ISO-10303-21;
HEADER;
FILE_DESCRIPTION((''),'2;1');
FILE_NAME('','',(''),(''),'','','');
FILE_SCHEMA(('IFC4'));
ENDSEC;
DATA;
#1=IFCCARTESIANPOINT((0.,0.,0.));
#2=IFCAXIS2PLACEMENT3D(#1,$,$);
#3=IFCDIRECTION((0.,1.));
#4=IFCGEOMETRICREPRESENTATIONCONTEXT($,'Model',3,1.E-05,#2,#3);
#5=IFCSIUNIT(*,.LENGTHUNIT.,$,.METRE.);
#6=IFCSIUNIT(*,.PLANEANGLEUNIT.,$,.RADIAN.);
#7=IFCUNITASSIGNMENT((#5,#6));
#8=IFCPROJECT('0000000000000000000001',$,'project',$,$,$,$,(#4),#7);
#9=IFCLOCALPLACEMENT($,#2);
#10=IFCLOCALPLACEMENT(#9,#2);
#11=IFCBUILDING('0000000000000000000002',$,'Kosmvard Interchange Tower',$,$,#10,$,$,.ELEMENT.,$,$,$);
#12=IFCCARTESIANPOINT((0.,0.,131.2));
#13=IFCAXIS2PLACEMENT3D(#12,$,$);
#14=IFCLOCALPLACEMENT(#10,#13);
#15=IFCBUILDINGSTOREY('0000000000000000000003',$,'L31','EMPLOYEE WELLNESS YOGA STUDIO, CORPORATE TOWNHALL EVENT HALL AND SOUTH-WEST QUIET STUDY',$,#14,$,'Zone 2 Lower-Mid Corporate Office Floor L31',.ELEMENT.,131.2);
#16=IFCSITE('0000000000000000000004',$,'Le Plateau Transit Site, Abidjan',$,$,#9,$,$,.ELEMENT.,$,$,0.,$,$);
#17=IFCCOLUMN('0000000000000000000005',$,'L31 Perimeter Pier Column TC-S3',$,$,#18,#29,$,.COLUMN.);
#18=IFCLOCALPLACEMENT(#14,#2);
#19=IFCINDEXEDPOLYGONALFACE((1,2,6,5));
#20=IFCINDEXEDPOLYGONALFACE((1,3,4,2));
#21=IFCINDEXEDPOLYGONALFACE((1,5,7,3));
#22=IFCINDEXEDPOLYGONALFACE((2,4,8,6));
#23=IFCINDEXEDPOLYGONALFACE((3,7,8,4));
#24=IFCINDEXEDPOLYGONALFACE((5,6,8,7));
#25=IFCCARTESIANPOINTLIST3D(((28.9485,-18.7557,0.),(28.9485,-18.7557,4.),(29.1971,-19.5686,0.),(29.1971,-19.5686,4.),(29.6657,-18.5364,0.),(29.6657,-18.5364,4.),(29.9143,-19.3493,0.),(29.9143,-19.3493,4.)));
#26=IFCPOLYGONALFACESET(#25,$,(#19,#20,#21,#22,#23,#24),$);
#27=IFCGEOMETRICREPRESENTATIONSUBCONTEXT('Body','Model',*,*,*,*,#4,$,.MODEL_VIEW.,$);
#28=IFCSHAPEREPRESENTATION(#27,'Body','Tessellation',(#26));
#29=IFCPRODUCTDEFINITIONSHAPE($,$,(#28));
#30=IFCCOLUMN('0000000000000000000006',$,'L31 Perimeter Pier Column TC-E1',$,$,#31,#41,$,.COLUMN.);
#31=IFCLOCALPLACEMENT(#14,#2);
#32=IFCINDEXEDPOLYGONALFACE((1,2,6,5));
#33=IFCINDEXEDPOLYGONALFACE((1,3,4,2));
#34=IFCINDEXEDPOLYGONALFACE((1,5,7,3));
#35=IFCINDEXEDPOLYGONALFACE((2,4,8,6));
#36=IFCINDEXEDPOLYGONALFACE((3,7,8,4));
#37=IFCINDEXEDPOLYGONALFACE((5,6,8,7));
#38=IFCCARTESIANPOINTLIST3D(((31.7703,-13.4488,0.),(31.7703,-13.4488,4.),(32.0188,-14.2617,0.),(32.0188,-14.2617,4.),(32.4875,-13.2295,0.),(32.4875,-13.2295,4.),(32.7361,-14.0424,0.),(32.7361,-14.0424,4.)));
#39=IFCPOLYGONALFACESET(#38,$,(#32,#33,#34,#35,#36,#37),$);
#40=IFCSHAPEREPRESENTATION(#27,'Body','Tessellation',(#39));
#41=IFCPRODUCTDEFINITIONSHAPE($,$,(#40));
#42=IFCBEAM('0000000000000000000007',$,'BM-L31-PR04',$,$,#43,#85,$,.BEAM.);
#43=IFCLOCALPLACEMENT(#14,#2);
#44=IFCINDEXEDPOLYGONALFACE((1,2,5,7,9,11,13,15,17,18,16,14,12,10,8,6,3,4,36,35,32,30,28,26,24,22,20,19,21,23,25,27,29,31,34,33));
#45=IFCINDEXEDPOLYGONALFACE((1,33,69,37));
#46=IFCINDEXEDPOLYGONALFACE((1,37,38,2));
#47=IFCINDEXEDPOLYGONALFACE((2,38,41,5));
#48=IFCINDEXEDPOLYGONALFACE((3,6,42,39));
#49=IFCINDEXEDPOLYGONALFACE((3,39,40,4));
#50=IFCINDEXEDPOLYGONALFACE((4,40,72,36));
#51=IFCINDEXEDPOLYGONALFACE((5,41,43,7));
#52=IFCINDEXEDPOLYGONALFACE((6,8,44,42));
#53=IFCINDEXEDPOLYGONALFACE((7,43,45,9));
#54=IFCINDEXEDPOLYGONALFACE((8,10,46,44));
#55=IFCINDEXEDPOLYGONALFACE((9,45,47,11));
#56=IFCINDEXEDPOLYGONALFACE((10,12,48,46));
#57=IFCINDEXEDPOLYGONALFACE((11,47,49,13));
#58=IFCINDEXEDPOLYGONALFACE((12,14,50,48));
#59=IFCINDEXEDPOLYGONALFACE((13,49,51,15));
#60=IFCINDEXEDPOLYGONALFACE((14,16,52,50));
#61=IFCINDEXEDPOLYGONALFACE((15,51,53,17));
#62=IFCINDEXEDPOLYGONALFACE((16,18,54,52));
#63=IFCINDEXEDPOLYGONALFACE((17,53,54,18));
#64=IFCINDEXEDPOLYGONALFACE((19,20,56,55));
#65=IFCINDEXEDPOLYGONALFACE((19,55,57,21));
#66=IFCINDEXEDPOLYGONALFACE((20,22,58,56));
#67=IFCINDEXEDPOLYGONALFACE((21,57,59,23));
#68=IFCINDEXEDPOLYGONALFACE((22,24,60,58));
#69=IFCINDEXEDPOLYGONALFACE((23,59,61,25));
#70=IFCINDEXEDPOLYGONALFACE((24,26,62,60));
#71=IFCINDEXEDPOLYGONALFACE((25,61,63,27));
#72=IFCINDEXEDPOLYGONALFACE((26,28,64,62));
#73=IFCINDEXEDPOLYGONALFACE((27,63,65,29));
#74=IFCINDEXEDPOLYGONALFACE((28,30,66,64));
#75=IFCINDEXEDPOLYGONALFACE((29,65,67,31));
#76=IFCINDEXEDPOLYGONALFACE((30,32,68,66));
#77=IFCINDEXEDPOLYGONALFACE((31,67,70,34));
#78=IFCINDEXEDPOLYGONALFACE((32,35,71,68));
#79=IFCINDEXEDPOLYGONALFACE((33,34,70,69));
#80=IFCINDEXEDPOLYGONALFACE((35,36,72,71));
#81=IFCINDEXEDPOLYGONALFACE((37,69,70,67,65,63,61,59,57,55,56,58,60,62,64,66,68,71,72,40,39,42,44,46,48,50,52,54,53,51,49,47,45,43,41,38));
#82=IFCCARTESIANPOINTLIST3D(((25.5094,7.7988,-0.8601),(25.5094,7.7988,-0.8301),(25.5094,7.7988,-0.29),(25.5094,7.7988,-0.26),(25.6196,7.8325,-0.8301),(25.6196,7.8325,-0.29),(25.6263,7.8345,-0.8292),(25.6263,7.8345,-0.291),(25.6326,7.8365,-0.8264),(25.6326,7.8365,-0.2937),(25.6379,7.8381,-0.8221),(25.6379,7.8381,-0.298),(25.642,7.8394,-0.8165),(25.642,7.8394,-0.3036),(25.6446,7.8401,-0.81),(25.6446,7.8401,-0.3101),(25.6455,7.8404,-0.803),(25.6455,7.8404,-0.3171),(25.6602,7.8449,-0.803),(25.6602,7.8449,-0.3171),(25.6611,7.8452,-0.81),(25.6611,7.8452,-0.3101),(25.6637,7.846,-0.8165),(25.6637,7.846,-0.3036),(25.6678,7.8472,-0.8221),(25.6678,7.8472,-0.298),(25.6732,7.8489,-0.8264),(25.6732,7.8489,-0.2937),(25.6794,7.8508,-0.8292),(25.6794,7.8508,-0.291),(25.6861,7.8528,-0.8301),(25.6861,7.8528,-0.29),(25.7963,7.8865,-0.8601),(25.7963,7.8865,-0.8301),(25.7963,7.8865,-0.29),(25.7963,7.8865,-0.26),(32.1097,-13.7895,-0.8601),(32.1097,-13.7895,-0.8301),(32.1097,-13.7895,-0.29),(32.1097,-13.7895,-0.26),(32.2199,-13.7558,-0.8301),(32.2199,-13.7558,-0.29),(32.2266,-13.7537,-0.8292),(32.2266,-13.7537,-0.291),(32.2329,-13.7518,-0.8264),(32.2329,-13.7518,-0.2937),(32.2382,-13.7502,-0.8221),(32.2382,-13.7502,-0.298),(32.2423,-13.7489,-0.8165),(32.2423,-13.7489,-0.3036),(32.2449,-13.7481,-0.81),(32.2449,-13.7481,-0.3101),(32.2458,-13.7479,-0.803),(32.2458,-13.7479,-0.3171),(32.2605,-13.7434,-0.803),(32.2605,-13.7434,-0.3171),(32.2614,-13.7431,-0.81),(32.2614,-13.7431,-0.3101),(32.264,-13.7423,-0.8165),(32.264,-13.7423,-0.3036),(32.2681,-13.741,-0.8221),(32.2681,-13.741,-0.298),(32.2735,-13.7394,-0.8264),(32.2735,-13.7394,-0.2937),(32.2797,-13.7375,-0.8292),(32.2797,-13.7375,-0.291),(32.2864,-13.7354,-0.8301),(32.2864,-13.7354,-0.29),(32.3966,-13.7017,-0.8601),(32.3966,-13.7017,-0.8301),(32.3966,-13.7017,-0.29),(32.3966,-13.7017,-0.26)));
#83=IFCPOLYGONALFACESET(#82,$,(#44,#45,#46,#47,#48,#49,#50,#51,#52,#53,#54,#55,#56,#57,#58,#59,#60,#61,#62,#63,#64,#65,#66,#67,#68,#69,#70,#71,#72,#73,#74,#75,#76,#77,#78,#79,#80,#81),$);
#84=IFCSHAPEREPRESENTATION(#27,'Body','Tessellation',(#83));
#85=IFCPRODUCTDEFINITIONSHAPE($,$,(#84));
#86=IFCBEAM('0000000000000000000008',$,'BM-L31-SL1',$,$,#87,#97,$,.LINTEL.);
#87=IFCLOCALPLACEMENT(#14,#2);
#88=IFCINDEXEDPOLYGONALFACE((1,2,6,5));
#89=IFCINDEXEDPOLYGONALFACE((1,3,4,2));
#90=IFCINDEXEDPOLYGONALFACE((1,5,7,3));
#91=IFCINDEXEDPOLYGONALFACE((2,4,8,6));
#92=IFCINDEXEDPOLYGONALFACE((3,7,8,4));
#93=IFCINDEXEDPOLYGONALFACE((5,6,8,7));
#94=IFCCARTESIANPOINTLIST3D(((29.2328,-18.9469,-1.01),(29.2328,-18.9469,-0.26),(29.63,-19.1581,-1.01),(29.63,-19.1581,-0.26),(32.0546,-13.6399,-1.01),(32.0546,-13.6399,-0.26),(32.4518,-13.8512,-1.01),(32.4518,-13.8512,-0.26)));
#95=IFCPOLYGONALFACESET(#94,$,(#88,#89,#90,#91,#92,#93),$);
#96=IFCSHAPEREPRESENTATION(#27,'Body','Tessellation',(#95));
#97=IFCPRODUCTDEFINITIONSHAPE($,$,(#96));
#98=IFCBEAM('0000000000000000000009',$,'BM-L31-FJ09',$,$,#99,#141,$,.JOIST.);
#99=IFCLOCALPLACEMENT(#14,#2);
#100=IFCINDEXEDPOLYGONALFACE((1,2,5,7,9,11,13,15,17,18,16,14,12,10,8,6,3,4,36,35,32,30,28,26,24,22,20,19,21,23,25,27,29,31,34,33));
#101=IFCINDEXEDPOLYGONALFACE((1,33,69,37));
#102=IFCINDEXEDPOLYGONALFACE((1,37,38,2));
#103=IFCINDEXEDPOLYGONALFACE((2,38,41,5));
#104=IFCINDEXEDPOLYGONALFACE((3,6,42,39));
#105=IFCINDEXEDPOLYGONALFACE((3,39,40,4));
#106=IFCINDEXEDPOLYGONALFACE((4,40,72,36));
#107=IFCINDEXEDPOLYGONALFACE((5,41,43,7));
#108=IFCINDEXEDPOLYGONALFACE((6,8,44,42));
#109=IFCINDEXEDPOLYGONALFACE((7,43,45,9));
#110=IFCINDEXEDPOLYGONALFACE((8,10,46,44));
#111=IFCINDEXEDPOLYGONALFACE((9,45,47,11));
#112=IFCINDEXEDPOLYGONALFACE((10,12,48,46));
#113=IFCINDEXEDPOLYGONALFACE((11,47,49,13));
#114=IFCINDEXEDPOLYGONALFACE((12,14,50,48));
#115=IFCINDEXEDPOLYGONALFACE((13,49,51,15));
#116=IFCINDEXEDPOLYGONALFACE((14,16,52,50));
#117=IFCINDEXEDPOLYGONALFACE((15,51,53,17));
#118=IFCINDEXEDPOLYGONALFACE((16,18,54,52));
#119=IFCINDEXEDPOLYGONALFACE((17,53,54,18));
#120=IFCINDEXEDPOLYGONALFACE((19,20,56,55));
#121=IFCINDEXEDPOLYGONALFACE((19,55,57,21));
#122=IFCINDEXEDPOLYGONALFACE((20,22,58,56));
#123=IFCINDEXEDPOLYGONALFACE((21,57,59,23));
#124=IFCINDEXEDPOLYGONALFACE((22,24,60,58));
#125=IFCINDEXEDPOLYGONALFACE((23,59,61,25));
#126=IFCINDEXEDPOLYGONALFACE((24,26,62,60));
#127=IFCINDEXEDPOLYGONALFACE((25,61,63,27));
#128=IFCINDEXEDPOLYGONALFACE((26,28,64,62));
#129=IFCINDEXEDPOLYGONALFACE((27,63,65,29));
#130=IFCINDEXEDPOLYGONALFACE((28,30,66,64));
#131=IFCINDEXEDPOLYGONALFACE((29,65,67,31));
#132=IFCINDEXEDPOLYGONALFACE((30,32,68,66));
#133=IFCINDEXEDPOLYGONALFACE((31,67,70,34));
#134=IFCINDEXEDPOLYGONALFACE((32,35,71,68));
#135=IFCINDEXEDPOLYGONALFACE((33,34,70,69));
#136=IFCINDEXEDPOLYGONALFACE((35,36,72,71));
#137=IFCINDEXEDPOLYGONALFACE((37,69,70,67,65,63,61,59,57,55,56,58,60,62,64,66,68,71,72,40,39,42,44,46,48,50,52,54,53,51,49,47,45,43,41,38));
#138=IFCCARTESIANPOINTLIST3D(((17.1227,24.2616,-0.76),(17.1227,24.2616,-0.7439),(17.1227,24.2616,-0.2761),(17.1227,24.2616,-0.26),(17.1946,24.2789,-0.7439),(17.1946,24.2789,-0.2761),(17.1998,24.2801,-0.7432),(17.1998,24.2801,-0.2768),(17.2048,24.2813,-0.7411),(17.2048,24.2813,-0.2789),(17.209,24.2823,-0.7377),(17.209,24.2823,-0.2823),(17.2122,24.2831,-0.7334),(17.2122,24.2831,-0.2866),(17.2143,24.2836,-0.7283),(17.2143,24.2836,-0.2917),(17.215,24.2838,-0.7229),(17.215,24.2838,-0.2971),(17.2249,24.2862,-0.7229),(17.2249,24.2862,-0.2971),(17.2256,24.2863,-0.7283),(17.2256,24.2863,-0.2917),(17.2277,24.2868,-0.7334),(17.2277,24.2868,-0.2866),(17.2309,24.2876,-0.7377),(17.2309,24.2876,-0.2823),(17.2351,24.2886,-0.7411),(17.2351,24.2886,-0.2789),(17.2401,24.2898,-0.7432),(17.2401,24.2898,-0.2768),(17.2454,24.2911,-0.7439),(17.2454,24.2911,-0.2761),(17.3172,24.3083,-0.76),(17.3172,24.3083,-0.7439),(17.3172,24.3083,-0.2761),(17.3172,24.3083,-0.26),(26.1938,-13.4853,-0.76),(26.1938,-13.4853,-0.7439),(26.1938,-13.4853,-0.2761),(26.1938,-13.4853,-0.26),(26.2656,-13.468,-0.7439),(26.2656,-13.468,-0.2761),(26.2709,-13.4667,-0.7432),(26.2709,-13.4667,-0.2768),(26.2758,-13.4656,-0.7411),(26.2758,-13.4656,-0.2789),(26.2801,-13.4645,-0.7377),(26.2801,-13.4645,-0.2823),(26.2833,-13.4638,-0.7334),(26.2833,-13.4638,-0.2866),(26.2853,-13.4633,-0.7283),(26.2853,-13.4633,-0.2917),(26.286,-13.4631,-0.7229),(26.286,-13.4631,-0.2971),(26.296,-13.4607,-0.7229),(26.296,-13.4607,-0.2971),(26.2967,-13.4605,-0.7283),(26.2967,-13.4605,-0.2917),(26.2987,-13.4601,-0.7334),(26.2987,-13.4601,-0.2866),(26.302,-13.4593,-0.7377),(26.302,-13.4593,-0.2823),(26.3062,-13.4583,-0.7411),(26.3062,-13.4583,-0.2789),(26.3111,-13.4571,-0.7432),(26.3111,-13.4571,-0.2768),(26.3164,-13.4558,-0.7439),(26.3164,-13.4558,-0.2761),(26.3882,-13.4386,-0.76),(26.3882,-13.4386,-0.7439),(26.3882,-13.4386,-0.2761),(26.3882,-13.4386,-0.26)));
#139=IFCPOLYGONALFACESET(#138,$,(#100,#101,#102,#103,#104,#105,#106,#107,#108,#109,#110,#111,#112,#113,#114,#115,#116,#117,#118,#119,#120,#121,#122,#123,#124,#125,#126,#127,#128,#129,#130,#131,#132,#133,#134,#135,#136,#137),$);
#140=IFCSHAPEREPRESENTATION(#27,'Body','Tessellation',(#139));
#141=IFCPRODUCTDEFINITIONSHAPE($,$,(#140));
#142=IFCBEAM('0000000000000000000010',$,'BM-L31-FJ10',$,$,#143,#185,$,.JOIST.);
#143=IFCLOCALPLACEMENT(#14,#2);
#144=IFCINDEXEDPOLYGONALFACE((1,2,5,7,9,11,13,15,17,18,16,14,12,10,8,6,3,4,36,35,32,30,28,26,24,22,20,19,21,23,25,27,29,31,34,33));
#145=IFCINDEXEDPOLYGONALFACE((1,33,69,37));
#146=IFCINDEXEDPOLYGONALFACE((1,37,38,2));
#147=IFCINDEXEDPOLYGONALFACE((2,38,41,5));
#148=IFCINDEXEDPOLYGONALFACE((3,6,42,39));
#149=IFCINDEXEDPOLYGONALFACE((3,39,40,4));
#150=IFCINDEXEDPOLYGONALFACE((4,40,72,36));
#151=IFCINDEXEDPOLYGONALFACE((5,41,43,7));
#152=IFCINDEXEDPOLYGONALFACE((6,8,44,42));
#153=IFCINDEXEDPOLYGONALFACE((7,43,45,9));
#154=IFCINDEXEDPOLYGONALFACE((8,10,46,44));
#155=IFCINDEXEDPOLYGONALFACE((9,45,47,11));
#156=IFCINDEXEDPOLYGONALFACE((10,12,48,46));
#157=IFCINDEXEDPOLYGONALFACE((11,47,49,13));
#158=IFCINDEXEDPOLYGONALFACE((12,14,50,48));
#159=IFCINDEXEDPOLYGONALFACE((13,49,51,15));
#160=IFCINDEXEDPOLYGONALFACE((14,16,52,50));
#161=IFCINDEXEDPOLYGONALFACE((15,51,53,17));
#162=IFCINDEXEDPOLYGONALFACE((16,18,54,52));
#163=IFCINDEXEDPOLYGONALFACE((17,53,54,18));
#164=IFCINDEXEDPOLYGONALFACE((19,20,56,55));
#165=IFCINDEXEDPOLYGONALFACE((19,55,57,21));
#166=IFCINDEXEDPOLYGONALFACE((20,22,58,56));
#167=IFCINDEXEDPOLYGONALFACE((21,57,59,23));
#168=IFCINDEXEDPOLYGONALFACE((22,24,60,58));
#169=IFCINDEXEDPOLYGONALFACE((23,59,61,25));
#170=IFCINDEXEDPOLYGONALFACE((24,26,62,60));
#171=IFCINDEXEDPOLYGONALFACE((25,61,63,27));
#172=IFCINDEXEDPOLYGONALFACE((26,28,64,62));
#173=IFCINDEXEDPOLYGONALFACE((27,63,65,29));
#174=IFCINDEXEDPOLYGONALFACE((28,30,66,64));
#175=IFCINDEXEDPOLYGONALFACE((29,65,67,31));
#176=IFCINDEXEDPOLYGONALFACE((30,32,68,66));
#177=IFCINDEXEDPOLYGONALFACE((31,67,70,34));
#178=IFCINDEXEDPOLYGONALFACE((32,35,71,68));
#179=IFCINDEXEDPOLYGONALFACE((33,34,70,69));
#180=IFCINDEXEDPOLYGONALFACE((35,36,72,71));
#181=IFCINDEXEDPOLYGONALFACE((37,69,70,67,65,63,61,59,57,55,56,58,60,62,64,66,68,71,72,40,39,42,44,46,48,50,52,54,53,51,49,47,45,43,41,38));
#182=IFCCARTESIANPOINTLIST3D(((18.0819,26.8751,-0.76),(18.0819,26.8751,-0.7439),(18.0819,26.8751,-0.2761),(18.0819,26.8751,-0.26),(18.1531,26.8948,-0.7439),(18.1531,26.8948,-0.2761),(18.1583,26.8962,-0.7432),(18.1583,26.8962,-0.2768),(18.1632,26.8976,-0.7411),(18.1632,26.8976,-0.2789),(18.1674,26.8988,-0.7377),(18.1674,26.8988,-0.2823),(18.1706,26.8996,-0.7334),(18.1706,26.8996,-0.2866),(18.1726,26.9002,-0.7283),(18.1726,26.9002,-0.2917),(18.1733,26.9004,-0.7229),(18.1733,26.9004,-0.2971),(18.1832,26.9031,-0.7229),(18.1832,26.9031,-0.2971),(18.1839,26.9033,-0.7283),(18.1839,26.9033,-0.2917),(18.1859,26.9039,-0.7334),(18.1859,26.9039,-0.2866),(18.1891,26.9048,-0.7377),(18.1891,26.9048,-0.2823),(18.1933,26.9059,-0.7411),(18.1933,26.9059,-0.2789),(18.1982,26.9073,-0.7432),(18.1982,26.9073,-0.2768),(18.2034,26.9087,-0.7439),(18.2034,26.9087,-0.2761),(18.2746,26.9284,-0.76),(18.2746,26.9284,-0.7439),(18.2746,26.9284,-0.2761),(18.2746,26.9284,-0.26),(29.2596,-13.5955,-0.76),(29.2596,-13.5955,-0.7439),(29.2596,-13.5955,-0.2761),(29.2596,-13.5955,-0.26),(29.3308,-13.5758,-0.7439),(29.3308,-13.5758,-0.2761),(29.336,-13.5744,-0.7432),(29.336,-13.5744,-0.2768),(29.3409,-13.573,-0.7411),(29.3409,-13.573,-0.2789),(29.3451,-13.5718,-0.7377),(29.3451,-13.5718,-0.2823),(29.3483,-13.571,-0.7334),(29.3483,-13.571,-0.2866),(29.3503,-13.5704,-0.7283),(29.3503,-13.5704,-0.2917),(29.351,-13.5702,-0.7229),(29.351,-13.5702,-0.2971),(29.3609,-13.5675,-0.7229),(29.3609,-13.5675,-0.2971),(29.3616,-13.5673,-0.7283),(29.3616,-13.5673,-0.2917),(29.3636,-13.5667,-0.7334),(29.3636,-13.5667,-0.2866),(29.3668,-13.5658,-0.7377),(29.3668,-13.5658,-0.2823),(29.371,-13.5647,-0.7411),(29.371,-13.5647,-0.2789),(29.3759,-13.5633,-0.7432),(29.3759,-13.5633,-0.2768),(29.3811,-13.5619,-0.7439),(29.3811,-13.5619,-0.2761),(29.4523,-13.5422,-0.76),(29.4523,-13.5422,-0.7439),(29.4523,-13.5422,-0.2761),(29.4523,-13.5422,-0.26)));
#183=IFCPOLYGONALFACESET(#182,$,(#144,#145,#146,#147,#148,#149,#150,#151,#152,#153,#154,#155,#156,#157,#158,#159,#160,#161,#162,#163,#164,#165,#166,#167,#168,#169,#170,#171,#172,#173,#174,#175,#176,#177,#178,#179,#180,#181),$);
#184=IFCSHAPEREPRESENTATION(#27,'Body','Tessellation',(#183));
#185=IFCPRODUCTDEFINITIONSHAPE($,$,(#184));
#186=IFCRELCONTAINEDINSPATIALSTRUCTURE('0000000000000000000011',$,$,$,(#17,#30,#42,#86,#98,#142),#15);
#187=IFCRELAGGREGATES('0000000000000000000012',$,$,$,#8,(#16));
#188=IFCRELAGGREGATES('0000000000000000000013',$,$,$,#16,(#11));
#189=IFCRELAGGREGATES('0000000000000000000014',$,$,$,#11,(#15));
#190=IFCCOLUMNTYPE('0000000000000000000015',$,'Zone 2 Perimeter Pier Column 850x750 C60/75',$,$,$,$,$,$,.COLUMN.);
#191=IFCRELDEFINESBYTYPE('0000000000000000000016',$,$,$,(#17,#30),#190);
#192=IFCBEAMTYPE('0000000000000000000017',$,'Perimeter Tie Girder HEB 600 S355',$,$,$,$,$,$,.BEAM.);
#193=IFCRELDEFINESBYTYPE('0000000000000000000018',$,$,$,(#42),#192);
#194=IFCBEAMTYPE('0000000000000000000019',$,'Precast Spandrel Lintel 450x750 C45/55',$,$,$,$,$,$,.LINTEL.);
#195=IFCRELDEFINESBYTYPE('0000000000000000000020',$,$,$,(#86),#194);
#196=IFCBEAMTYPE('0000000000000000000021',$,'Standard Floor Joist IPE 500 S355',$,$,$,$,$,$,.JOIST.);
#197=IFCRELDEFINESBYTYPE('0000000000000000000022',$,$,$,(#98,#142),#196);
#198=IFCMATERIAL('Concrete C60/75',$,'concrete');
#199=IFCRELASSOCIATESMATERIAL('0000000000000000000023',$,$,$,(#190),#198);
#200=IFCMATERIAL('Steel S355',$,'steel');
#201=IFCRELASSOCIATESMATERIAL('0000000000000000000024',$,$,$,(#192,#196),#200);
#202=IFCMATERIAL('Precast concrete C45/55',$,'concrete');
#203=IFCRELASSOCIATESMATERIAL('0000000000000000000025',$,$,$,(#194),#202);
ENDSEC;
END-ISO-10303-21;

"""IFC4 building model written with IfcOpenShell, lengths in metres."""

from ifc_helpers import new_model, si_unit, direction, frame, origin, origin_2d, place, context, subcontext, project, spatial, rectangle, i_section, extrude, source, transform, mapped, material, material_profile, profile_set, type_object, element, save


model = new_model("IFC4")

# Units and contexts
model_context = context("Model", 3, precision=1e-05, world=origin(), true_north=direction((0.0, 1.0)))
body_context = subcontext(model_context, "Body", "Model", "MODEL_VIEW")
ifc_project = project(units=[si_unit("LENGTHUNIT", "METRE"), si_unit("PLANEANGLEUNIT", "RADIAN")], contexts=[model_context])

# Site, building, storey
site_placement = place(None, origin())
site = spatial("IfcSite", under=ifc_project, at=site_placement, Name="Le Plateau Transit Site, Abidjan", CompositionType="ELEMENT", RefElevation=0.0)
building_placement = place(site_placement, origin())
building = spatial("IfcBuilding", under=site, at=building_placement, Name="Kosmvard Interchange Tower", CompositionType="ELEMENT")
storey_placement = place(building_placement, frame((0.0, 0.0, 131.2)))
storey = spatial("IfcBuildingStorey", under=building, at=storey_placement, Name="L31", Description="EMPLOYEE WELLNESS YOGA STUDIO, CORPORATE TOWNHALL EVENT HALL AND SOUTH-WEST QUIET STUDY", LongName="Zone 2 Lower-Mid Corporate Office Floor L31", CompositionType="ELEMENT", Elevation=131.2)

# Columns
ifc_material_1 = material(Name="Concrete C60/75", Category="concrete")
ifc_material_profile_1 = material_profile(ifc_material_1, rectangle(XDim=0.75, YDim=0.8501, at=origin_2d()), Name="TC 850x750")
ifc_profile_set_1 = profile_set([ifc_material_profile_1], Name="Concrete C60/75")
column_type = type_object("IfcColumnType", Name="Zone 2 Perimeter Pier Column 850x750 C60/75", PredefinedType="COLUMN", material=ifc_profile_set_1)
shared_shape_1 = source(origin(), body_context, "Body", "SweptSolid", [
    extrude(rectangle(XDim=0.75, YDim=0.8501, at=origin_2d()), origin(), (0.0, 0.0, 1.0), 4.0),
])
for number, where, z_axis, x_axis, name in (
    (1, (29.4314, -19.0525, 0.0), (0.0, 0.0, 1.0), (0.956305, 0.292372, 0.0), "L31 Perimeter Pier Column TC-S3"),
    (2, (32.2532, -13.7456, 0.0), (0.0, 0.0, 1.0), (0.956305, 0.292372, 0.0), "L31 Perimeter Pier Column TC-E1"),
):
    element("IfcColumn", number, at=place(storey_placement, frame(where, z_axis=z_axis, x_axis=x_axis)), inside=storey, type_object=column_type, Name=name, PredefinedType="COLUMN", context=body_context, shape_type="MappedRepresentation", body=[
        mapped(shared_shape_1, transform((0.0, 0.0, 0.0), scale=1.0)),
    ])

# Beams
ifc_material_2 = material(Name="Steel S355", Category="steel")
ifc_material_profile_2 = material_profile(ifc_material_2, i_section(OverallWidth=0.3, OverallDepth=0.6001, WebThickness=0.0154, FlangeThickness=0.03, FilletRadius=0.0271, at=origin_2d()), Name="HEB 600")
ifc_profile_set_2 = profile_set([ifc_material_profile_2], Name="Steel S355")
beam_type_1 = type_object("IfcBeamType", Name="Perimeter Tie Girder HEB 600 S355", PredefinedType="BEAM", material=ifc_profile_set_2)
shared_shape_2 = source(origin(), body_context, "Body", "SweptSolid", [
    extrude(i_section(OverallWidth=0.3, OverallDepth=0.6001, WebThickness=0.0154, FlangeThickness=0.03, FilletRadius=0.0271, at=origin_2d()), origin(), (0.0, 0.0, 1.0), 22.5747),
])
beam_1_placement = place(storey_placement, frame((32.2532, -13.7456, -0.5601), z_axis=(-0.292376, 0.956303, 0.0), x_axis=(-0.956303, -0.292376, 0.0)))
element("IfcBeam", 3, at=beam_1_placement, inside=storey, type_object=beam_type_1, Name="BM-L31-PR04", PredefinedType="BEAM", context=body_context, shape_type="MappedRepresentation", body=[
    mapped(shared_shape_2, transform((0.0, 0.0, 0.0), scale=1.0)),
])
ifc_material_3 = material(Name="Precast concrete C45/55", Category="concrete")
ifc_material_profile_3 = material_profile(ifc_material_3, rectangle(XDim=0.45, YDim=0.75, at=origin_2d()), Name="SL 450x750")
ifc_profile_set_3 = profile_set([ifc_material_profile_3], Name="Precast concrete C45/55")
beam_type_2 = type_object("IfcBeamType", Name="Precast Spandrel Lintel 450x750 C45/55", PredefinedType="LINTEL", material=ifc_profile_set_3)
shared_shape_3 = source(origin(), body_context, "Body", "SweptSolid", [
    extrude(rectangle(XDim=0.45, YDim=0.75, at=origin_2d()), origin(), (0.0, 0.0, 1.0), 6.0105),
])
beam_2_placement = place(storey_placement, frame((29.4314, -19.0525, -0.635), z_axis=(0.469479, 0.882944, 0.0), x_axis=(-0.882944, 0.469479, 0.0)))
element("IfcBeam", 4, at=beam_2_placement, inside=storey, type_object=beam_type_2, Name="BM-L31-SL1", PredefinedType="LINTEL", context=body_context, shape_type="MappedRepresentation", body=[
    mapped(shared_shape_3, transform((0.0, 0.0, 0.0), scale=1.0)),
])
ifc_material_profile_4 = material_profile(ifc_material_2, i_section(OverallWidth=0.2, OverallDepth=0.5, WebThickness=0.0103, FlangeThickness=0.0161, FilletRadius=0.021, at=origin_2d()), Name="IPE 500")
ifc_profile_set_4 = profile_set([ifc_material_profile_4], Name="Steel S355")
beam_type_3 = type_object("IfcBeamType", Name="Standard Floor Joist IPE 500 S355", PredefinedType="JOIST", material=ifc_profile_set_4)
shared_shape_4 = source(origin(), body_context, "Body", "SweptSolid", [
    extrude(i_section(OverallWidth=0.2, OverallDepth=0.5, WebThickness=0.0103, FlangeThickness=0.0161, FilletRadius=0.021, at=origin_2d()), origin(), (0.0, 0.0, 1.0), 38.8215),
])
beam_3_placement = place(storey_placement, frame((26.291, -13.4619, -0.51), z_axis=(-0.233661, 0.972318, 0.0), x_axis=(-0.972318, -0.233661, 0.0)))
element("IfcBeam", 5, at=beam_3_placement, inside=storey, type_object=beam_type_3, Name="BM-L31-FJ09", PredefinedType="JOIST", context=body_context, shape_type="MappedRepresentation", body=[
    mapped(shared_shape_4, transform((0.0, 0.0, 0.0), scale=1.0)),
])
shared_shape_5 = source(origin(), body_context, "Body", "SweptSolid", [
    extrude(i_section(OverallWidth=0.2, OverallDepth=0.5, WebThickness=0.0103, FlangeThickness=0.0161, FilletRadius=0.021, at=origin_2d()), origin(), (0.0, 0.0, 1.0), 41.9858),
])
beam_4_placement = place(storey_placement, frame((29.356, -13.5688, -0.51), z_axis=(-0.266226, 0.963911, 0.0), x_axis=(-0.963911, -0.266226, 0.0)))
element("IfcBeam", 6, at=beam_4_placement, inside=storey, type_object=beam_type_3, Name="BM-L31-FJ10", PredefinedType="JOIST", context=body_context, shape_type="MappedRepresentation", body=[
    mapped(shared_shape_5, transform((0.0, 0.0, 0.0), scale=1.0)),
])

save(model, "model.ifc")
